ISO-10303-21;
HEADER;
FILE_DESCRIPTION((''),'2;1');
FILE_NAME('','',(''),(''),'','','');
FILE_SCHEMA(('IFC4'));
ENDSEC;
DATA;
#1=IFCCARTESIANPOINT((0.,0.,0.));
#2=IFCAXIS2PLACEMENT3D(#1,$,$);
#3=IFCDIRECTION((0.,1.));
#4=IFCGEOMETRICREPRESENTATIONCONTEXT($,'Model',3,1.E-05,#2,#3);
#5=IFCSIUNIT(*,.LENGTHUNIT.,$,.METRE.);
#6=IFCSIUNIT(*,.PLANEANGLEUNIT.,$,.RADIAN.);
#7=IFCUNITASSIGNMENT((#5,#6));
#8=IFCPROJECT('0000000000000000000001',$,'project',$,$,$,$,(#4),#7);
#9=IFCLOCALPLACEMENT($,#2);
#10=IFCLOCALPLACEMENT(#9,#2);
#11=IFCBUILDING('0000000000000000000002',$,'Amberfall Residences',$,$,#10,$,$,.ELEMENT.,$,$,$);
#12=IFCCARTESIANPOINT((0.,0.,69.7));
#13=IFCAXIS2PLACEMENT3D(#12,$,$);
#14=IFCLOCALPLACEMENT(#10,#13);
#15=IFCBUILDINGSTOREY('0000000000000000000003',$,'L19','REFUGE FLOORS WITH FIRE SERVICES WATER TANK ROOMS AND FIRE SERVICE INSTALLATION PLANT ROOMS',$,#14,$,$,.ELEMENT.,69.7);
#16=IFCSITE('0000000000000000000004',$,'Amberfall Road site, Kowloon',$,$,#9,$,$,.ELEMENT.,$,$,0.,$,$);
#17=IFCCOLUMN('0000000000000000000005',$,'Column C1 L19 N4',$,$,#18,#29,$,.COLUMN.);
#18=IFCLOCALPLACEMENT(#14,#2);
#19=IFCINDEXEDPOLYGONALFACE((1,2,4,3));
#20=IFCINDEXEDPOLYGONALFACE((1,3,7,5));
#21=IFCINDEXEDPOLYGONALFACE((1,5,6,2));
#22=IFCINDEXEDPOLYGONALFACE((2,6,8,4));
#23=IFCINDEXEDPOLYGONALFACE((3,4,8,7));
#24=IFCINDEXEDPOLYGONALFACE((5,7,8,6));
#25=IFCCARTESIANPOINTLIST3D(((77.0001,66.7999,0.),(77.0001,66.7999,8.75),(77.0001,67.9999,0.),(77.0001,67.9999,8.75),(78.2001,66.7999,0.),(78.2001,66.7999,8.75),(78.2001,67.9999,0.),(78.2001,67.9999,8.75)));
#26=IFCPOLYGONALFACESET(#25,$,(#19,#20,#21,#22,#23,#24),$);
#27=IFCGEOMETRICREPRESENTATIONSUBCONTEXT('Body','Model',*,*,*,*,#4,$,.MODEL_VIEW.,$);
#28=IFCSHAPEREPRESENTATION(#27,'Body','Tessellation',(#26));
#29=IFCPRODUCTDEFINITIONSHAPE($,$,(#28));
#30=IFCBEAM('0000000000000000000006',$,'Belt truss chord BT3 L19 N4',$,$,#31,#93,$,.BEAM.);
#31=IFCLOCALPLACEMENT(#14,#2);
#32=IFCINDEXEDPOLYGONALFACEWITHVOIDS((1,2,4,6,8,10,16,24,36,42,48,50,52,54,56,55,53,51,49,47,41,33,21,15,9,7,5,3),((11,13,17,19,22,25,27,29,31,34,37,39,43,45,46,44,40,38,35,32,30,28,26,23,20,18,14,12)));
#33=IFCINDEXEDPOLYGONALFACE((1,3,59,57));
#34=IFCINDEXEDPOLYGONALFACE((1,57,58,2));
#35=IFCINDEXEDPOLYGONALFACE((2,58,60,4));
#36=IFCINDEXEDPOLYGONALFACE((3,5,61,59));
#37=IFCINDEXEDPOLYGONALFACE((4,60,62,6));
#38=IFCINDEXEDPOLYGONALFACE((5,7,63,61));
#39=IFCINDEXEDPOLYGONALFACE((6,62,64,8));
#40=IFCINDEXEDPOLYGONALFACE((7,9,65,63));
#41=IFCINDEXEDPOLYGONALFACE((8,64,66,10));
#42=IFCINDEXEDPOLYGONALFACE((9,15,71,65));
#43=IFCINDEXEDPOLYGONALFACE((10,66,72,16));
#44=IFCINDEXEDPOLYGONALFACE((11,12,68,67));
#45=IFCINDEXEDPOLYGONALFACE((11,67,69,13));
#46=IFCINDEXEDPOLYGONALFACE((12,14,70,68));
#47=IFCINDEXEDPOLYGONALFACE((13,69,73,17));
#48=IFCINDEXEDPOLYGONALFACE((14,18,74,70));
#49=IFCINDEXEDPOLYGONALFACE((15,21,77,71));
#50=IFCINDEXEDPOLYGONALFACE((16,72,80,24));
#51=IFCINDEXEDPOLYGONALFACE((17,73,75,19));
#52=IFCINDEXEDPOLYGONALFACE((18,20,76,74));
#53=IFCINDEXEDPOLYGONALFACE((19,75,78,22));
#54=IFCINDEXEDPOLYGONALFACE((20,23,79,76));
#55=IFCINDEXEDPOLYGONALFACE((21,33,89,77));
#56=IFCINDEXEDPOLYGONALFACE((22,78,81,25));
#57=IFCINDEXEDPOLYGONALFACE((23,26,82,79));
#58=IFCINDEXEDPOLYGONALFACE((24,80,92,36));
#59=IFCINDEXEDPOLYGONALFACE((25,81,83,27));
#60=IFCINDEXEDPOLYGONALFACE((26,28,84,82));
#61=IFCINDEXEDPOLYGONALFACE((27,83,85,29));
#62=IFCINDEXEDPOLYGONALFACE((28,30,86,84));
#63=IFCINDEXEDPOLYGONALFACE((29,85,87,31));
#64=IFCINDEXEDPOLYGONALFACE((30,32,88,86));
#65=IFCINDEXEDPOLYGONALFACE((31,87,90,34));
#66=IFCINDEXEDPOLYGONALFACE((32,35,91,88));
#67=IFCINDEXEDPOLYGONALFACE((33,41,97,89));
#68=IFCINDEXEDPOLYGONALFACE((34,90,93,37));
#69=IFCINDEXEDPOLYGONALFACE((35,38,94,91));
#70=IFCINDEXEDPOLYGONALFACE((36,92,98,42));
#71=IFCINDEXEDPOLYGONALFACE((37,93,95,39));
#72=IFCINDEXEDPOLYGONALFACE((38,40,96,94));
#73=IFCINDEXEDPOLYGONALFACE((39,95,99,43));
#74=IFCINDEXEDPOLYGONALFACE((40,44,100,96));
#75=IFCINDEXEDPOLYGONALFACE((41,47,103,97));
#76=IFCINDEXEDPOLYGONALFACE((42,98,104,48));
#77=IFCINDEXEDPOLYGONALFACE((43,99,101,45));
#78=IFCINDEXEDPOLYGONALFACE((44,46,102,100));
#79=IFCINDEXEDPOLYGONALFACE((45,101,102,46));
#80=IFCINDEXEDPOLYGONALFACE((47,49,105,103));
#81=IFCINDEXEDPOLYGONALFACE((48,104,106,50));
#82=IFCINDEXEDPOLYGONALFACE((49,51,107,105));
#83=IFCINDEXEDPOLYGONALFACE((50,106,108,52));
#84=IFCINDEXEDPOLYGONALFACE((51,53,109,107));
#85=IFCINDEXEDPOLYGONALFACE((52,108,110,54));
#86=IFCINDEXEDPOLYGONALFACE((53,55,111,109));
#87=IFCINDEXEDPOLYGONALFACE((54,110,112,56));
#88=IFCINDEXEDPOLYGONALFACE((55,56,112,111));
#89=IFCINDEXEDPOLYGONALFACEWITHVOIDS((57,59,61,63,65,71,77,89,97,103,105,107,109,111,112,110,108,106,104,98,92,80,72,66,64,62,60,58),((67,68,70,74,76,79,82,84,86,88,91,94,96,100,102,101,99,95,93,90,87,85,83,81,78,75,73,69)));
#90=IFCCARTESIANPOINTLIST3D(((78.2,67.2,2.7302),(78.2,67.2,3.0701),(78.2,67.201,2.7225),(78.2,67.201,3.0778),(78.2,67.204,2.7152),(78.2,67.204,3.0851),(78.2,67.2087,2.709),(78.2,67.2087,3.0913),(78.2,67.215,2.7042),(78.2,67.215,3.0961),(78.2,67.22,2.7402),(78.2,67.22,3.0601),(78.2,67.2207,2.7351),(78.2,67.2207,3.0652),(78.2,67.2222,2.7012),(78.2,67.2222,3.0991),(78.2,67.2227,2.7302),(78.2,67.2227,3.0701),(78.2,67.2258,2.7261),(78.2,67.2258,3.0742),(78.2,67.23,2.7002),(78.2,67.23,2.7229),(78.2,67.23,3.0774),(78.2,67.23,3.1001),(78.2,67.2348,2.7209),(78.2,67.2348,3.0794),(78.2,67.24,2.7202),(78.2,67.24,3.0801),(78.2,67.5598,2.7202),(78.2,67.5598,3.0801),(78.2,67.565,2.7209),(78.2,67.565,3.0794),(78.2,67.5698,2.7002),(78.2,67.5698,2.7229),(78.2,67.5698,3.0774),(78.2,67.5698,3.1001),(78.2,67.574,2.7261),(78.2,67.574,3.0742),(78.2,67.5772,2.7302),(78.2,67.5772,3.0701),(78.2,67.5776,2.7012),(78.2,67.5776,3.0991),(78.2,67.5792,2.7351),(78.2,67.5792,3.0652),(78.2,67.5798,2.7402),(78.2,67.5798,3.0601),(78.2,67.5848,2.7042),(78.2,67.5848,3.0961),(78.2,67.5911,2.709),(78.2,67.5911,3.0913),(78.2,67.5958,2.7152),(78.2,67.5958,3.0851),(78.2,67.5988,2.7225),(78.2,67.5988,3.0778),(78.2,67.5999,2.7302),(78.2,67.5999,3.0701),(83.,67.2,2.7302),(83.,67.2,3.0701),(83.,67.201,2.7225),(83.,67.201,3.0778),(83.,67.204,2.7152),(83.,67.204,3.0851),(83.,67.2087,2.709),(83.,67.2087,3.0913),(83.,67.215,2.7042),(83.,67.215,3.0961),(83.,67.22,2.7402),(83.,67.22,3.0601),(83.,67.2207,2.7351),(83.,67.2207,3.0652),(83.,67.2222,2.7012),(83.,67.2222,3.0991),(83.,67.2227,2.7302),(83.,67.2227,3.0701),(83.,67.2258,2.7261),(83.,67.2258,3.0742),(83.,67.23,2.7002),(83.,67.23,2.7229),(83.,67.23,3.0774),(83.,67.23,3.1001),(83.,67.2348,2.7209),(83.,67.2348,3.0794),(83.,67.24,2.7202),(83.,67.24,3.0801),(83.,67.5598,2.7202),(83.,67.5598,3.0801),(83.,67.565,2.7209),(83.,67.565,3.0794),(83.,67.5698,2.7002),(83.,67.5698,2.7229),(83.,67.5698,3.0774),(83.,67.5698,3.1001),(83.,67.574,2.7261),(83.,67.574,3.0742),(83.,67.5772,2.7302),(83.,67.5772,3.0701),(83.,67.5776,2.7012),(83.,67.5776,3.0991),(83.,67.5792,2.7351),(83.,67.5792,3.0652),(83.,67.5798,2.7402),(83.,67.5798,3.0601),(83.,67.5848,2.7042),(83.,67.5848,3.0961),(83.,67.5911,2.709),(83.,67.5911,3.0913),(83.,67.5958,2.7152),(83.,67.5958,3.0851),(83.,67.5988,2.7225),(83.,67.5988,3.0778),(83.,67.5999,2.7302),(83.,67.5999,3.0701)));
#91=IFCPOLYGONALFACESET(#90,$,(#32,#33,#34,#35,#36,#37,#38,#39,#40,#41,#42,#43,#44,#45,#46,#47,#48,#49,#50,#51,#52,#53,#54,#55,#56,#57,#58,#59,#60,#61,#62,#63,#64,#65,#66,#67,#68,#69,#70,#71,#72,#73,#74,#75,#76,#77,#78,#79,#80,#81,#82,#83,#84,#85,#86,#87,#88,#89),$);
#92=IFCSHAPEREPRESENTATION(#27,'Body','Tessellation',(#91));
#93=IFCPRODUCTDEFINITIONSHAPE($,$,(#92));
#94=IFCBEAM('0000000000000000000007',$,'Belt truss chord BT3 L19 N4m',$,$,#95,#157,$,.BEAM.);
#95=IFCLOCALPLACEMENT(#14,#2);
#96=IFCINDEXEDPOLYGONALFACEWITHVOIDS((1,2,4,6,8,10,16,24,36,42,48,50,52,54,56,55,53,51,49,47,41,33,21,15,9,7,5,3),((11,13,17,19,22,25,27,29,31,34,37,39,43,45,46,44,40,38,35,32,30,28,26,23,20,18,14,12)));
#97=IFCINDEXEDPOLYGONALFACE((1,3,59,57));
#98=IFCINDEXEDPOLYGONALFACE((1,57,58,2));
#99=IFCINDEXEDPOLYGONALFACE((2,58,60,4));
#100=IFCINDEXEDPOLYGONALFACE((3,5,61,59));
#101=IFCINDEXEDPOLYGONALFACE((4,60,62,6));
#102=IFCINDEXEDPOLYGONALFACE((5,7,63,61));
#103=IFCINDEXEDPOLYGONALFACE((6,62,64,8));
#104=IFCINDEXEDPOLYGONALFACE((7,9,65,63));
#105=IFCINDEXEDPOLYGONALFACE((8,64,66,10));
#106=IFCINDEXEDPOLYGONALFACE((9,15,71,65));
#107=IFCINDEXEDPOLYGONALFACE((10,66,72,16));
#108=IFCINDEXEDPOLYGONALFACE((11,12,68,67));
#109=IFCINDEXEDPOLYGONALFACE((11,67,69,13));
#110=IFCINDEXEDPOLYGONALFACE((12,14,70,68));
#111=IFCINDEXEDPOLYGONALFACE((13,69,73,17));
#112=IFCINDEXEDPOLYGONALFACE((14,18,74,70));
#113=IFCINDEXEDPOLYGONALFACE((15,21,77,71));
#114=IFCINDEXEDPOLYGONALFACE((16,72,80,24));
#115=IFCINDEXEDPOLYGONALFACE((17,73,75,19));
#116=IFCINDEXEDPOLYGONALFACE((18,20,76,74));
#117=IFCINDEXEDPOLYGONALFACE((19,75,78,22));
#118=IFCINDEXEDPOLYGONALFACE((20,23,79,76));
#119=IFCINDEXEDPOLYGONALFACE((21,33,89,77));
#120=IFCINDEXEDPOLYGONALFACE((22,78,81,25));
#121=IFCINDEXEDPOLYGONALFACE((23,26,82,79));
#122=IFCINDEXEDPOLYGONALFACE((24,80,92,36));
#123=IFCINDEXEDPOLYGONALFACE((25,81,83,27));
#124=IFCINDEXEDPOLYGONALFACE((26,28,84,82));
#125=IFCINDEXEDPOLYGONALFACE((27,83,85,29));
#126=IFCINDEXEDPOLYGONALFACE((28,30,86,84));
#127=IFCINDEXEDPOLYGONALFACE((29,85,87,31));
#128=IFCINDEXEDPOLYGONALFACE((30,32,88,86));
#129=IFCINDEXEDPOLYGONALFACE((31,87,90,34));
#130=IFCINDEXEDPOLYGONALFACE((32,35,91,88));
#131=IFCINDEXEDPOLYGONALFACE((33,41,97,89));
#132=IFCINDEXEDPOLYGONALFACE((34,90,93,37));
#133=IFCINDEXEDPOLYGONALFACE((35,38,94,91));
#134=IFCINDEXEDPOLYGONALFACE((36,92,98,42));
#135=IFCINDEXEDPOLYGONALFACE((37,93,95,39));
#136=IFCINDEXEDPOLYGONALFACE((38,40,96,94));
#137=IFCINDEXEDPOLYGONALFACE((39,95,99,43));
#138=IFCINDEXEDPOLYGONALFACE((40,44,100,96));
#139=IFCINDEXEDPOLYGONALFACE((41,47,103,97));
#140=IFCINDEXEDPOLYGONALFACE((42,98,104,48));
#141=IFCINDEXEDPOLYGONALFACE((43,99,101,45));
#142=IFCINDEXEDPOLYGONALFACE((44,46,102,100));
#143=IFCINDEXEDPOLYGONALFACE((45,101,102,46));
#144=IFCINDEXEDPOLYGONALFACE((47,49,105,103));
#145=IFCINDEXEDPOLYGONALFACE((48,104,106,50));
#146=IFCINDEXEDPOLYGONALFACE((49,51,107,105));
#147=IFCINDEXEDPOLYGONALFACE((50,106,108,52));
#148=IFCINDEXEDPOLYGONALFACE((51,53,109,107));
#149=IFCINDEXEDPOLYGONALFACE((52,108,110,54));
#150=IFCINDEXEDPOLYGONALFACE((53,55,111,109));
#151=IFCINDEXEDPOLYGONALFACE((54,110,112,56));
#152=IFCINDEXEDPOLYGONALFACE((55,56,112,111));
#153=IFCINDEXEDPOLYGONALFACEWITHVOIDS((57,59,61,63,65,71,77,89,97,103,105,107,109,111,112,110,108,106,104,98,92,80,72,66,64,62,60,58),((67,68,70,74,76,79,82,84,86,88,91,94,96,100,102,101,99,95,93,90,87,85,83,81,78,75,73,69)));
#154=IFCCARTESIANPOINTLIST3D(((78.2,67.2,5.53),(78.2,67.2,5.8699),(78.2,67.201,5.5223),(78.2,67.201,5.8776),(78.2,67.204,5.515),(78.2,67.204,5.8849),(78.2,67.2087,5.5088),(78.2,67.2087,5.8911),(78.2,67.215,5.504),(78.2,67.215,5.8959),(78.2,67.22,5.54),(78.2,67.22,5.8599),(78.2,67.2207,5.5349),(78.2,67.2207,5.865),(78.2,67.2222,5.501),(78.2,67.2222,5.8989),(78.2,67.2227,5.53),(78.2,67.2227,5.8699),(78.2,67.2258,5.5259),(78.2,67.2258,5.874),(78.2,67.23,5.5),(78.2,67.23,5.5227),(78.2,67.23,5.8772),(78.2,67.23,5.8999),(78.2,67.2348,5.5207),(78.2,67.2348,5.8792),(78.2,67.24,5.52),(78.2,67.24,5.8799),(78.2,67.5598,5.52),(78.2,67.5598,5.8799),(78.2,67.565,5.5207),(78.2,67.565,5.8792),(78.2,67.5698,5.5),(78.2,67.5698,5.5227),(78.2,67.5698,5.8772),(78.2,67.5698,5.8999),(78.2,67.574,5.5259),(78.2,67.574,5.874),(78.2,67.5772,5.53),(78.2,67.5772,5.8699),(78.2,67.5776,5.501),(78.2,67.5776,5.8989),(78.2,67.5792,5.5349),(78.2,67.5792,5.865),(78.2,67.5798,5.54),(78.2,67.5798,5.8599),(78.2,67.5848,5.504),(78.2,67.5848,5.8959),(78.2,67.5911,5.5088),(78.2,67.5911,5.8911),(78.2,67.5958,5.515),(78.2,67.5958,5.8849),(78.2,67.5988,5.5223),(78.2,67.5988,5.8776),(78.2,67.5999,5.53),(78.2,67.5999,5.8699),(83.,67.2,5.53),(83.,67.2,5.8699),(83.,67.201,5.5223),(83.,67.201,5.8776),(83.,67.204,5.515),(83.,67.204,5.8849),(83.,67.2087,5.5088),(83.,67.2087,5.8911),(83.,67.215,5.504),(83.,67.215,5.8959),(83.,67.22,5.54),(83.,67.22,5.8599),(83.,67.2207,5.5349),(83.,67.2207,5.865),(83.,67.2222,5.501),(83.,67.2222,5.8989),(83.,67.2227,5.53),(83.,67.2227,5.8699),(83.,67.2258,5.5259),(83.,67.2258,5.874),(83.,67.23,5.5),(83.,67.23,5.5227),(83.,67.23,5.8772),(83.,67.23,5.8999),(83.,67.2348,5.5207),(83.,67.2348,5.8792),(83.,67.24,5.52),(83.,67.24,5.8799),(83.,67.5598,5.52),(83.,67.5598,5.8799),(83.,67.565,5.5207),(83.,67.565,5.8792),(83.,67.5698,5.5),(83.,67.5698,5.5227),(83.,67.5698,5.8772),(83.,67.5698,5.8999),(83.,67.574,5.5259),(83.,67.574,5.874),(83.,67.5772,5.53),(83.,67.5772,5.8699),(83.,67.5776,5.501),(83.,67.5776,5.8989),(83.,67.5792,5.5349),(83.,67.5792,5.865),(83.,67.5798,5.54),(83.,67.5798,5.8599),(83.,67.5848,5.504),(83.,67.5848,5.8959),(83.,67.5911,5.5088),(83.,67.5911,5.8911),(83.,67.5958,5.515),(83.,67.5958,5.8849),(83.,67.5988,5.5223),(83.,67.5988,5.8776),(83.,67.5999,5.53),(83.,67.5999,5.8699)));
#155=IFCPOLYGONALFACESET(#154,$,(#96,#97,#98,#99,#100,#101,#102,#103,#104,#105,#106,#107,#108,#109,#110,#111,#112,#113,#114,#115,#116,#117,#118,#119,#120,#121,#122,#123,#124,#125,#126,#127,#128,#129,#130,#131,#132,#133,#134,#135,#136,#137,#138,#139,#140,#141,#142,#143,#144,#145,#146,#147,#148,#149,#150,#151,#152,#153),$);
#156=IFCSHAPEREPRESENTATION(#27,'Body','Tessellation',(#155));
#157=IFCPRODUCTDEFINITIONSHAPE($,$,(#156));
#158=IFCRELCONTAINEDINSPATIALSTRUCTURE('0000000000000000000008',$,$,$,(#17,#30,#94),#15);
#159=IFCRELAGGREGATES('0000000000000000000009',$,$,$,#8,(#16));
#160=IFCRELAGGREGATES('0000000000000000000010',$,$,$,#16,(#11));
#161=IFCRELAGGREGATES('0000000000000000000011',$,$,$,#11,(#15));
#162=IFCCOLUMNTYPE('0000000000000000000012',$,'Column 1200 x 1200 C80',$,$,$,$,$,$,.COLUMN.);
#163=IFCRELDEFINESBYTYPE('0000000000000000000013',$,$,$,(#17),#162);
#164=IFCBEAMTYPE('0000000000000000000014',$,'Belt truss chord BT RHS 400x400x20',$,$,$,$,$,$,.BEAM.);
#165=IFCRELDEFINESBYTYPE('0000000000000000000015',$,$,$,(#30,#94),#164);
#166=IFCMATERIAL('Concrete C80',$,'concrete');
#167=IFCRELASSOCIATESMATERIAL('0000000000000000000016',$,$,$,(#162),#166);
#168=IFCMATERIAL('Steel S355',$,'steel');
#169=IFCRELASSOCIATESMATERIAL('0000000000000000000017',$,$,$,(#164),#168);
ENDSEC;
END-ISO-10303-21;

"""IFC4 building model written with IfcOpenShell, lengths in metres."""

from ifc_helpers import new_model, si_unit, direction, frame, origin, origin_2d, place, context, subcontext, project, spatial, rectangle, hollow_rectangle, extrude, material, material_profile, profile_set, type_object, element, save


model = new_model("IFC4")

# Units and contexts
model_context = context("Model", 3, precision=1e-05, world=origin(), true_north=direction((0.0, 1.0)))
body_context = subcontext(model_context, "Body", "Model", "MODEL_VIEW")
ifc_project = project(units=[si_unit("LENGTHUNIT", "METRE"), si_unit("PLANEANGLEUNIT", "RADIAN")], contexts=[model_context])

# Site, building, storey
site_placement = place(None, origin())
site = spatial("IfcSite", under=ifc_project, at=site_placement, Name="Amberfall Road site, Kowloon", CompositionType="ELEMENT", RefElevation=0.0)
building_placement = place(site_placement, origin())
building = spatial("IfcBuilding", under=site, at=building_placement, Name="Amberfall Residences", CompositionType="ELEMENT")
storey_placement = place(building_placement, frame((0.0, 0.0, 69.7)))
storey = spatial("IfcBuildingStorey", under=building, at=storey_placement, Name="L19", Description="REFUGE FLOORS WITH FIRE SERVICES WATER TANK ROOMS AND FIRE SERVICE INSTALLATION PLANT ROOMS", CompositionType="ELEMENT", Elevation=69.7)

# Column
ifc_material_1 = material(Name="Concrete C80", Category="concrete")
ifc_material_profile_1 = material_profile(ifc_material_1, rectangle(XDim=1.2, YDim=1.2, at=origin_2d()), Name="Column 1200 x 1200 C80")
ifc_profile_set_1 = profile_set([ifc_material_profile_1], Name="Concrete C80")
column_type = type_object("IfcColumnType", Name="Column 1200 x 1200 C80", PredefinedType="COLUMN", material=ifc_profile_set_1)
column_placement = place(storey_placement, frame((77.6001, 67.3999, 0.0), z_axis=(0.0, 0.0, 1.0), x_axis=(1.0, 0.0, 0.0)))
element("IfcColumn", 1, at=column_placement, inside=storey, type_object=column_type, Name="Column C1 L19 N4", PredefinedType="COLUMN", context=body_context, shape_type="SweptSolid", body=[
    extrude(rectangle(XDim=1.2, YDim=1.2, at=origin_2d()), origin(), (0.0, 0.0, 1.0), 8.75),
])

# Beams
ifc_material_2 = material(Name="Steel S355", Category="steel")
ifc_material_profile_2 = material_profile(ifc_material_2, hollow_rectangle(XDim=0.3999, YDim=0.3999, WallThickness=0.02, InnerFilletRadius=0.02, OuterFilletRadius=0.03, at=origin_2d()), Name="RHS 400x400x20")
ifc_profile_set_2 = profile_set([ifc_material_profile_2], Name="Steel S355")
beam_type_1 = type_object("IfcBeamType", Name="Belt truss chord BT RHS 400x400x20", PredefinedType="BEAM", material=ifc_profile_set_2)
for number, where, z_axis, x_axis, name in (
    (2, (78.2, 67.3999, 2.9001), (1.0, 0.0, 0.0), (0.0, 1.0, 0.0), "Belt truss chord BT3 L19 N4"),
    (3, (78.2, 67.3999, 5.7), (1.0, 0.0, 0.0), (0.0, 1.0, 0.0), "Belt truss chord BT3 L19 N4m"),
):
    element("IfcBeam", number, at=place(storey_placement, frame(where, z_axis=z_axis, x_axis=x_axis)), inside=storey, type_object=beam_type_1, Name=name, PredefinedType="BEAM", context=body_context, shape_type="SweptSolid", body=[
        extrude(hollow_rectangle(XDim=0.3999, YDim=0.3999, WallThickness=0.02, InnerFilletRadius=0.02, OuterFilletRadius=0.03, at=origin_2d()), origin(), (0.0, 0.0, 1.0), 4.8),
    ])

save(model, "model.ifc")
